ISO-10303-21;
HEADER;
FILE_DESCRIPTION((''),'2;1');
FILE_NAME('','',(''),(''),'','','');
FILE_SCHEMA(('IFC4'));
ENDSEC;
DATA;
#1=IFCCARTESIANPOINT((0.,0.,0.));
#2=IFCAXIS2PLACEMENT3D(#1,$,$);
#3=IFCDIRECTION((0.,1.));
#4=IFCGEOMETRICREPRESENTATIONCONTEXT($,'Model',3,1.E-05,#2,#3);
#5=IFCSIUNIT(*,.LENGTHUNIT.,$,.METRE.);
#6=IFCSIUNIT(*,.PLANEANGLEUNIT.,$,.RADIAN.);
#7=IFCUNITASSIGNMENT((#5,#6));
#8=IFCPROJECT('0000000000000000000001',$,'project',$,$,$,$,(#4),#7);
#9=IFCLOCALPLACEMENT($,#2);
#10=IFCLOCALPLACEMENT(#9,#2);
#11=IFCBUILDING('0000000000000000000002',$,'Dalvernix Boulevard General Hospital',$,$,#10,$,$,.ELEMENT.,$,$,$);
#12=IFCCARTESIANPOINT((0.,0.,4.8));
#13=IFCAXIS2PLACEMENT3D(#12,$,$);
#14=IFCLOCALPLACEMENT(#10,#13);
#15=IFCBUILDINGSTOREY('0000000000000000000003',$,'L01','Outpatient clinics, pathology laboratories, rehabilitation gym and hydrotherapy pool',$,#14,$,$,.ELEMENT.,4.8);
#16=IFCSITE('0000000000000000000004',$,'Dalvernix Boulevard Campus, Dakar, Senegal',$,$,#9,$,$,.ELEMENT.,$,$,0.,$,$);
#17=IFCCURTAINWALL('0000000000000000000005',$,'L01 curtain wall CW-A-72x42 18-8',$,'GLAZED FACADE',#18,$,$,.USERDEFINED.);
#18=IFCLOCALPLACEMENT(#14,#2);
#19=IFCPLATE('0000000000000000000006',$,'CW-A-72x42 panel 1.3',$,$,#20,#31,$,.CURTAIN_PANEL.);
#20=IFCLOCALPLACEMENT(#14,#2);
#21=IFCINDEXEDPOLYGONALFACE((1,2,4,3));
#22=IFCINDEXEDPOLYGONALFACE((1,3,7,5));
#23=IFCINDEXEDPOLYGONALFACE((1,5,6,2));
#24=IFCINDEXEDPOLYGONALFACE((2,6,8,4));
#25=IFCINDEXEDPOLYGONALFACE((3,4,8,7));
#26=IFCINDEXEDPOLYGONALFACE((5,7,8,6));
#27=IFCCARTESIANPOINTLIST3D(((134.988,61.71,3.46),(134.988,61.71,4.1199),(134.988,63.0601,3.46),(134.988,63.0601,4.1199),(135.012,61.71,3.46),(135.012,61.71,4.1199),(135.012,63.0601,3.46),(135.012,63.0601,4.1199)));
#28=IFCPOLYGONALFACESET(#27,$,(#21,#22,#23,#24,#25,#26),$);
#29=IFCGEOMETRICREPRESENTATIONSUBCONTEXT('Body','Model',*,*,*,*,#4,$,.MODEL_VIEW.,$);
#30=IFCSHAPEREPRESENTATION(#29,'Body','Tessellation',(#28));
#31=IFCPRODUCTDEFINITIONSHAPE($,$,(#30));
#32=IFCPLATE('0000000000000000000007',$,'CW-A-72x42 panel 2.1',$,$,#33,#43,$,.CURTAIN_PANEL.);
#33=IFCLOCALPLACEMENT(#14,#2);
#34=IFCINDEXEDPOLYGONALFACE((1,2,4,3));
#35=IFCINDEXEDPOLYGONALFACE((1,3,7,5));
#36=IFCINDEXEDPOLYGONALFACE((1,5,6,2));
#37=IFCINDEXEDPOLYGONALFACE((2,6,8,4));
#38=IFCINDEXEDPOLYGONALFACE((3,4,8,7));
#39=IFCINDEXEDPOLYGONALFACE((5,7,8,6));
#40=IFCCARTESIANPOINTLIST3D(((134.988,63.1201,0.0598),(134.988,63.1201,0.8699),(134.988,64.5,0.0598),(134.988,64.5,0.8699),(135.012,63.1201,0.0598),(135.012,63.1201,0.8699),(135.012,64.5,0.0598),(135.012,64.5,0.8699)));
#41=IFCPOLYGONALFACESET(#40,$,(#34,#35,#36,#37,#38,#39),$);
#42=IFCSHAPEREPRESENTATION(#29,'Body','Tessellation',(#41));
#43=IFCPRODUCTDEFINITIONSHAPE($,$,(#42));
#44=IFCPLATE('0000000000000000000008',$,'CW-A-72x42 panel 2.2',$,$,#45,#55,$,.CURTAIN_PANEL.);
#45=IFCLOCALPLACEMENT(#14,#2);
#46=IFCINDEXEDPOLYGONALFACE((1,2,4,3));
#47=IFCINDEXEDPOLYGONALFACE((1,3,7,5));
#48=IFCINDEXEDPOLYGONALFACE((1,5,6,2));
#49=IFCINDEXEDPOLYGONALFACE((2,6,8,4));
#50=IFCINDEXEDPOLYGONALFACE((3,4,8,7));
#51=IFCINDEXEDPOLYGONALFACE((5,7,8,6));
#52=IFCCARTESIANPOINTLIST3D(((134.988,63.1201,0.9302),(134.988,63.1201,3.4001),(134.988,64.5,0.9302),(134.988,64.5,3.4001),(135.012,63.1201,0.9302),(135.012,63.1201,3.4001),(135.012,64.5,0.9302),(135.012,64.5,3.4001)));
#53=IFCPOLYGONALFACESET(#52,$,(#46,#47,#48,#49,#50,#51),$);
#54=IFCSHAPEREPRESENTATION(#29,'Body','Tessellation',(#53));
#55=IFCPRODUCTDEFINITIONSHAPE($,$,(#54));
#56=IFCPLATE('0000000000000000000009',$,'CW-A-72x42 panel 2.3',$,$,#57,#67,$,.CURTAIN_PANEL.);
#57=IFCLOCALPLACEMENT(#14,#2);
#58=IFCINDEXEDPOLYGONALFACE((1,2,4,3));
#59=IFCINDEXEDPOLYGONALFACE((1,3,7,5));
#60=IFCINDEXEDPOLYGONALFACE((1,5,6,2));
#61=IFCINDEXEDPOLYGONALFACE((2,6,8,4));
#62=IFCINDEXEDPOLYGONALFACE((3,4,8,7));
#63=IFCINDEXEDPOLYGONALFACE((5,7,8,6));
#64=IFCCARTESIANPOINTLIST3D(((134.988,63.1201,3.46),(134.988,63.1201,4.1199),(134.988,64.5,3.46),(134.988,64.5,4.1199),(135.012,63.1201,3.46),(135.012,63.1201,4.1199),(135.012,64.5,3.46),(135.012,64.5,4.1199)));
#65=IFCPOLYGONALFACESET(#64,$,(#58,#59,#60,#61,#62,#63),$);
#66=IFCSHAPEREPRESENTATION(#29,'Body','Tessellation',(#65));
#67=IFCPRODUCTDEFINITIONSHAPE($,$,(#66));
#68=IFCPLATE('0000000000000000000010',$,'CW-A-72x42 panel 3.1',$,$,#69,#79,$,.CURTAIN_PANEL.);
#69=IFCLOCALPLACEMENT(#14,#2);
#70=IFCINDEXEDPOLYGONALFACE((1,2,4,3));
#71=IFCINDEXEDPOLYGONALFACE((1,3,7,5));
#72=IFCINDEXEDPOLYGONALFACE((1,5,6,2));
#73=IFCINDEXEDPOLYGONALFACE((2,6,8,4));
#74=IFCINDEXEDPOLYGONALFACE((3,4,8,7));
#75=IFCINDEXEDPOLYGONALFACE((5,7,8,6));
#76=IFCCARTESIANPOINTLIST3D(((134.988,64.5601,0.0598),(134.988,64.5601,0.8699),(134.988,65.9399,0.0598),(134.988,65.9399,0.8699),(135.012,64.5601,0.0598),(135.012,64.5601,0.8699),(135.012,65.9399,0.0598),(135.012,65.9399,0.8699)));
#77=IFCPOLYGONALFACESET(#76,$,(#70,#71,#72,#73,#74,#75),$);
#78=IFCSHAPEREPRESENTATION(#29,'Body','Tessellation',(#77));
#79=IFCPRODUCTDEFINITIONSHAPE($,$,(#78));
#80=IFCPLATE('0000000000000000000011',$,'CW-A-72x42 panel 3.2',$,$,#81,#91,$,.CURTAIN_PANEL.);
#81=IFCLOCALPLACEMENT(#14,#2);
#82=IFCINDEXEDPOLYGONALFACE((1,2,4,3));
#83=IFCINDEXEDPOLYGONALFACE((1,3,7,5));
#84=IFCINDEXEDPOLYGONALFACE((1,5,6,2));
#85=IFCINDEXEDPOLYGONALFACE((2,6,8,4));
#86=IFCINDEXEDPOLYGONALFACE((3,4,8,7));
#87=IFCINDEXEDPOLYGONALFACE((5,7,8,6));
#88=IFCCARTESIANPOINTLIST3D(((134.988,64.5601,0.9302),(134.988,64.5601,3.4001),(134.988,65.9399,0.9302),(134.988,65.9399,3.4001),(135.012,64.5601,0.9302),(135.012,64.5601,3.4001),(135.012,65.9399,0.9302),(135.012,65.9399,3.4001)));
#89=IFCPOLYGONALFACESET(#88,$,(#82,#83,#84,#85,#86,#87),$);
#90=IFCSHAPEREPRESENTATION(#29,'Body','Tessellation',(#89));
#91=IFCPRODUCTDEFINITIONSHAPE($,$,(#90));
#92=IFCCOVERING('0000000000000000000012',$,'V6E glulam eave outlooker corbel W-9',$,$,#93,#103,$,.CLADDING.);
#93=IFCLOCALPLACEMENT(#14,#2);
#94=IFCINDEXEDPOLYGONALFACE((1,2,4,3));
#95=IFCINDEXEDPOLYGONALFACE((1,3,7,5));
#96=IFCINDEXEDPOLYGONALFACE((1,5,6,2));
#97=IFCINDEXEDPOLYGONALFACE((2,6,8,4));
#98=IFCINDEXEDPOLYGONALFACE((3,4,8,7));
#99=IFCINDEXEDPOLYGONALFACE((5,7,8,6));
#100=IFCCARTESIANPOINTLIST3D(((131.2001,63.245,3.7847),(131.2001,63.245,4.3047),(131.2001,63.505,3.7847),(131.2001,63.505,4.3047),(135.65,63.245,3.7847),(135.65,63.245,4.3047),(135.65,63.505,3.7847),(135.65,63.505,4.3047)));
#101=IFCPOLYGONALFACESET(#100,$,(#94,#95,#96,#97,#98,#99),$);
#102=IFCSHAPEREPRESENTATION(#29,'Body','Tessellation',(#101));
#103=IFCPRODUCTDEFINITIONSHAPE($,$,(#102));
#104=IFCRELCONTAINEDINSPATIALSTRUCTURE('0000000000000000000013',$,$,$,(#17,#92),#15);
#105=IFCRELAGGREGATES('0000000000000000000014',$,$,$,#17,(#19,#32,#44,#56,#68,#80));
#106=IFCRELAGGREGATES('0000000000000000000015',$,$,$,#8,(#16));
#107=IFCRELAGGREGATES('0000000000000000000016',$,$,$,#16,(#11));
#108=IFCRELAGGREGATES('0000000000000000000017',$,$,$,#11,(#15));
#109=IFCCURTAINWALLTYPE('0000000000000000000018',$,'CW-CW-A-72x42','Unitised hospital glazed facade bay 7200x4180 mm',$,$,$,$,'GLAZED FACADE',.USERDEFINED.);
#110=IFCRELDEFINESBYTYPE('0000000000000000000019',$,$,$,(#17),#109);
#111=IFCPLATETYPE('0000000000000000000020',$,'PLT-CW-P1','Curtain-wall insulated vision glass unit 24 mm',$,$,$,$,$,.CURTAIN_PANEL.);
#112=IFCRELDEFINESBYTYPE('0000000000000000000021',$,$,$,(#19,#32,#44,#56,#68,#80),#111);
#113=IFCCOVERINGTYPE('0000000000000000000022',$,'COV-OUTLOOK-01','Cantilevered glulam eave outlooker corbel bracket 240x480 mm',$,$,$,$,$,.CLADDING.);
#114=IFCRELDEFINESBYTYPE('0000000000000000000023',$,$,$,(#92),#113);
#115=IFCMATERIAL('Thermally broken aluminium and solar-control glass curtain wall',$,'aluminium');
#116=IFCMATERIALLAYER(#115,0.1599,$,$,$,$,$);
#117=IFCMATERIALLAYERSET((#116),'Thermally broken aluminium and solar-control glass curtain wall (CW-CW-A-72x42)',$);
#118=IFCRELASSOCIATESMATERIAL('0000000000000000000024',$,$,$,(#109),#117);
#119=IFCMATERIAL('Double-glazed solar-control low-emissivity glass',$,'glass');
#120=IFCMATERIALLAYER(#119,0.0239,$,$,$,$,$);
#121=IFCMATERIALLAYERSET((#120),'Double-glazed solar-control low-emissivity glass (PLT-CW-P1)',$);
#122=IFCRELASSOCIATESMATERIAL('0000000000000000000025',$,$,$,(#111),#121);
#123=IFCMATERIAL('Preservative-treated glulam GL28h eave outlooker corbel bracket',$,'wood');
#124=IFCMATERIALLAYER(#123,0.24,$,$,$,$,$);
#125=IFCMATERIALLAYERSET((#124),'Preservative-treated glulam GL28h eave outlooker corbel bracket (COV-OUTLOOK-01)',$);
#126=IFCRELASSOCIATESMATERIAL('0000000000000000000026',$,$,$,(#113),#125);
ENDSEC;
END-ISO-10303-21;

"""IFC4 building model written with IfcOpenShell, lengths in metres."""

from ifc_helpers import new_model, si_unit, direction, frame, origin, origin_2d, place, context, subcontext, project, spatial, rectangle, extrude, material, layer, layer_set, type_object, element, aggregate, save


model = new_model("IFC4")

# Units and contexts
model_context = context("Model", 3, precision=1e-05, world=origin(), true_north=direction((0.0, 1.0)))
body_context = subcontext(model_context, "Body", "Model", "MODEL_VIEW")
ifc_project = project(units=[si_unit("LENGTHUNIT", "METRE"), si_unit("PLANEANGLEUNIT", "RADIAN")], contexts=[model_context])

# Site, building, storey
site_placement = place(None, origin())
site = spatial("IfcSite", under=ifc_project, at=site_placement, Name="Dalvernix Boulevard Campus, Dakar, Senegal", CompositionType="ELEMENT", RefElevation=0.0)
building_placement = place(site_placement, origin())
building = spatial("IfcBuilding", under=site, at=building_placement, Name="Dalvernix Boulevard General Hospital", CompositionType="ELEMENT")
storey_placement = place(building_placement, frame((0.0, 0.0, 4.8)))
storey = spatial("IfcBuildingStorey", under=building, at=storey_placement, Name="L01", Description="Outpatient clinics, pathology laboratories, rehabilitation gym and hydrotherapy pool", CompositionType="ELEMENT", Elevation=4.8)

# Curtain wall, plates
ifc_material_1 = material(Name="Thermally broken aluminium and solar-control glass curtain wall", Category="aluminium")
ifc_layer_1 = layer(ifc_material_1, 0.1599)
ifc_layer_set_1 = layer_set([ifc_layer_1], Name="Thermally broken aluminium and solar-control glass curtain wall (CW-CW-A-72x42)")
curtain_wall_type = type_object("IfcCurtainWallType", Name="CW-CW-A-72x42", Description="Unitised hospital glazed facade bay 7200x4180 mm", ElementType="GLAZED FACADE", PredefinedType="USERDEFINED", material=ifc_layer_set_1)
curtain_wall_placement = place(storey_placement, origin())
curtain_wall = element("IfcCurtainWall", 1, at=curtain_wall_placement, inside=storey, type_object=curtain_wall_type, Name="L01 curtain wall CW-A-72x42 18-8", ObjectType="GLAZED FACADE", PredefinedType="USERDEFINED")
ifc_material_2 = material(Name="Double-glazed solar-control low-emissivity glass", Category="glass")
ifc_layer_2 = layer(ifc_material_2, 0.0239)
ifc_layer_set_2 = layer_set([ifc_layer_2], Name="Double-glazed solar-control low-emissivity glass (PLT-CW-P1)")
plate_type = type_object("IfcPlateType", Name="PLT-CW-P1", Description="Curtain-wall insulated vision glass unit 24 mm", PredefinedType="CURTAIN_PANEL", material=ifc_layer_set_2)
plate_1_placement = place(storey_placement, frame((135.0, 62.385, 3.46), z_axis=(0.0, 0.0, 1.0), x_axis=(0.0, 1.0, 0.0)))
plate_1 = element("IfcPlate", 2, at=plate_1_placement, type_object=plate_type, Name="CW-A-72x42 panel 1.3", PredefinedType="CURTAIN_PANEL", context=body_context, shape_type="SweptSolid", body=[
    extrude(rectangle(XDim=1.3501, YDim=0.0239, at=origin_2d()), origin(), (0.0, 0.0, 1.0), 0.6599),
])
plate_2_placement = place(storey_placement, frame((135.0, 63.8101, 0.0598), z_axis=(0.0, 0.0, 1.0), x_axis=(0.0, 1.0, 0.0)))
plate_2 = element("IfcPlate", 3, at=plate_2_placement, type_object=plate_type, Name="CW-A-72x42 panel 2.1", PredefinedType="CURTAIN_PANEL", context=body_context, shape_type="SweptSolid", body=[
    extrude(rectangle(XDim=1.3799, YDim=0.0239, at=origin_2d()), origin(), (0.0, 0.0, 1.0), 0.8101),
])
plate_3_placement = place(storey_placement, frame((135.0, 63.8101, 0.9302), z_axis=(0.0, 0.0, 1.0), x_axis=(0.0, 1.0, 0.0)))
plate_3 = element("IfcPlate", 4, at=plate_3_placement, type_object=plate_type, Name="CW-A-72x42 panel 2.2", PredefinedType="CURTAIN_PANEL", context=body_context, shape_type="SweptSolid", body=[
    extrude(rectangle(XDim=1.3799, YDim=0.0239, at=origin_2d()), origin(), (0.0, 0.0, 1.0), 2.47),
])
plate_4_placement = place(storey_placement, frame((135.0, 63.8101, 3.46), z_axis=(0.0, 0.0, 1.0), x_axis=(0.0, 1.0, 0.0)))
plate_4 = element("IfcPlate", 5, at=plate_4_placement, type_object=plate_type, Name="CW-A-72x42 panel 2.3", PredefinedType="CURTAIN_PANEL", context=body_context, shape_type="SweptSolid", body=[
    extrude(rectangle(XDim=1.3799, YDim=0.0239, at=origin_2d()), origin(), (0.0, 0.0, 1.0), 0.6599),
])
plate_5_placement = place(storey_placement, frame((135.0, 65.25, 0.0598), z_axis=(0.0, 0.0, 1.0), x_axis=(0.0, 1.0, 0.0)))
plate_5 = element("IfcPlate", 6, at=plate_5_placement, type_object=plate_type, Name="CW-A-72x42 panel 3.1", PredefinedType="CURTAIN_PANEL", context=body_context, shape_type="SweptSolid", body=[
    extrude(rectangle(XDim=1.3799, YDim=0.0239, at=origin_2d()), origin(), (0.0, 0.0, 1.0), 0.8101),
])
plate_6_placement = place(storey_placement, frame((135.0, 65.25, 0.9302), z_axis=(0.0, 0.0, 1.0), x_axis=(0.0, 1.0, 0.0)))
plate_6 = element("IfcPlate", 7, at=plate_6_placement, type_object=plate_type, Name="CW-A-72x42 panel 3.2", PredefinedType="CURTAIN_PANEL", context=body_context, shape_type="SweptSolid", body=[
    extrude(rectangle(XDim=1.3799, YDim=0.0239, at=origin_2d()), origin(), (0.0, 0.0, 1.0), 2.47),
])
aggregate(curtain_wall, [plate_1, plate_2, plate_3, plate_4, plate_5, plate_6])

# Covering
ifc_material_3 = material(Name="Preservative-treated glulam GL28h eave outlooker corbel bracket", Category="wood")
ifc_layer_3 = layer(ifc_material_3, 0.24)
ifc_layer_set_3 = layer_set([ifc_layer_3], Name="Preservative-treated glulam GL28h eave outlooker corbel bracket (COV-OUTLOOK-01)")
covering_type = type_object("IfcCoveringType", Name="COV-OUTLOOK-01", Description="Cantilevered glulam eave outlooker corbel bracket 240x480 mm", PredefinedType="CLADDING", material=ifc_layer_set_3)
covering_placement = place(storey_placement, frame((133.425, 63.375, 3.7847), z_axis=(0.0, 0.0, 1.0), x_axis=(1.0, 0.0, 0.0)))
element("IfcCovering", 8, at=covering_placement, inside=storey, type_object=covering_type, Name="V6E glulam eave outlooker corbel W-9", PredefinedType="CLADDING", context=body_context, shape_type="SweptSolid", body=[
    extrude(rectangle(XDim=4.45, YDim=0.26, at=origin_2d()), origin(), (0.0, 0.0, 1.0), 0.52),
])

save(model, "model.ifc")
